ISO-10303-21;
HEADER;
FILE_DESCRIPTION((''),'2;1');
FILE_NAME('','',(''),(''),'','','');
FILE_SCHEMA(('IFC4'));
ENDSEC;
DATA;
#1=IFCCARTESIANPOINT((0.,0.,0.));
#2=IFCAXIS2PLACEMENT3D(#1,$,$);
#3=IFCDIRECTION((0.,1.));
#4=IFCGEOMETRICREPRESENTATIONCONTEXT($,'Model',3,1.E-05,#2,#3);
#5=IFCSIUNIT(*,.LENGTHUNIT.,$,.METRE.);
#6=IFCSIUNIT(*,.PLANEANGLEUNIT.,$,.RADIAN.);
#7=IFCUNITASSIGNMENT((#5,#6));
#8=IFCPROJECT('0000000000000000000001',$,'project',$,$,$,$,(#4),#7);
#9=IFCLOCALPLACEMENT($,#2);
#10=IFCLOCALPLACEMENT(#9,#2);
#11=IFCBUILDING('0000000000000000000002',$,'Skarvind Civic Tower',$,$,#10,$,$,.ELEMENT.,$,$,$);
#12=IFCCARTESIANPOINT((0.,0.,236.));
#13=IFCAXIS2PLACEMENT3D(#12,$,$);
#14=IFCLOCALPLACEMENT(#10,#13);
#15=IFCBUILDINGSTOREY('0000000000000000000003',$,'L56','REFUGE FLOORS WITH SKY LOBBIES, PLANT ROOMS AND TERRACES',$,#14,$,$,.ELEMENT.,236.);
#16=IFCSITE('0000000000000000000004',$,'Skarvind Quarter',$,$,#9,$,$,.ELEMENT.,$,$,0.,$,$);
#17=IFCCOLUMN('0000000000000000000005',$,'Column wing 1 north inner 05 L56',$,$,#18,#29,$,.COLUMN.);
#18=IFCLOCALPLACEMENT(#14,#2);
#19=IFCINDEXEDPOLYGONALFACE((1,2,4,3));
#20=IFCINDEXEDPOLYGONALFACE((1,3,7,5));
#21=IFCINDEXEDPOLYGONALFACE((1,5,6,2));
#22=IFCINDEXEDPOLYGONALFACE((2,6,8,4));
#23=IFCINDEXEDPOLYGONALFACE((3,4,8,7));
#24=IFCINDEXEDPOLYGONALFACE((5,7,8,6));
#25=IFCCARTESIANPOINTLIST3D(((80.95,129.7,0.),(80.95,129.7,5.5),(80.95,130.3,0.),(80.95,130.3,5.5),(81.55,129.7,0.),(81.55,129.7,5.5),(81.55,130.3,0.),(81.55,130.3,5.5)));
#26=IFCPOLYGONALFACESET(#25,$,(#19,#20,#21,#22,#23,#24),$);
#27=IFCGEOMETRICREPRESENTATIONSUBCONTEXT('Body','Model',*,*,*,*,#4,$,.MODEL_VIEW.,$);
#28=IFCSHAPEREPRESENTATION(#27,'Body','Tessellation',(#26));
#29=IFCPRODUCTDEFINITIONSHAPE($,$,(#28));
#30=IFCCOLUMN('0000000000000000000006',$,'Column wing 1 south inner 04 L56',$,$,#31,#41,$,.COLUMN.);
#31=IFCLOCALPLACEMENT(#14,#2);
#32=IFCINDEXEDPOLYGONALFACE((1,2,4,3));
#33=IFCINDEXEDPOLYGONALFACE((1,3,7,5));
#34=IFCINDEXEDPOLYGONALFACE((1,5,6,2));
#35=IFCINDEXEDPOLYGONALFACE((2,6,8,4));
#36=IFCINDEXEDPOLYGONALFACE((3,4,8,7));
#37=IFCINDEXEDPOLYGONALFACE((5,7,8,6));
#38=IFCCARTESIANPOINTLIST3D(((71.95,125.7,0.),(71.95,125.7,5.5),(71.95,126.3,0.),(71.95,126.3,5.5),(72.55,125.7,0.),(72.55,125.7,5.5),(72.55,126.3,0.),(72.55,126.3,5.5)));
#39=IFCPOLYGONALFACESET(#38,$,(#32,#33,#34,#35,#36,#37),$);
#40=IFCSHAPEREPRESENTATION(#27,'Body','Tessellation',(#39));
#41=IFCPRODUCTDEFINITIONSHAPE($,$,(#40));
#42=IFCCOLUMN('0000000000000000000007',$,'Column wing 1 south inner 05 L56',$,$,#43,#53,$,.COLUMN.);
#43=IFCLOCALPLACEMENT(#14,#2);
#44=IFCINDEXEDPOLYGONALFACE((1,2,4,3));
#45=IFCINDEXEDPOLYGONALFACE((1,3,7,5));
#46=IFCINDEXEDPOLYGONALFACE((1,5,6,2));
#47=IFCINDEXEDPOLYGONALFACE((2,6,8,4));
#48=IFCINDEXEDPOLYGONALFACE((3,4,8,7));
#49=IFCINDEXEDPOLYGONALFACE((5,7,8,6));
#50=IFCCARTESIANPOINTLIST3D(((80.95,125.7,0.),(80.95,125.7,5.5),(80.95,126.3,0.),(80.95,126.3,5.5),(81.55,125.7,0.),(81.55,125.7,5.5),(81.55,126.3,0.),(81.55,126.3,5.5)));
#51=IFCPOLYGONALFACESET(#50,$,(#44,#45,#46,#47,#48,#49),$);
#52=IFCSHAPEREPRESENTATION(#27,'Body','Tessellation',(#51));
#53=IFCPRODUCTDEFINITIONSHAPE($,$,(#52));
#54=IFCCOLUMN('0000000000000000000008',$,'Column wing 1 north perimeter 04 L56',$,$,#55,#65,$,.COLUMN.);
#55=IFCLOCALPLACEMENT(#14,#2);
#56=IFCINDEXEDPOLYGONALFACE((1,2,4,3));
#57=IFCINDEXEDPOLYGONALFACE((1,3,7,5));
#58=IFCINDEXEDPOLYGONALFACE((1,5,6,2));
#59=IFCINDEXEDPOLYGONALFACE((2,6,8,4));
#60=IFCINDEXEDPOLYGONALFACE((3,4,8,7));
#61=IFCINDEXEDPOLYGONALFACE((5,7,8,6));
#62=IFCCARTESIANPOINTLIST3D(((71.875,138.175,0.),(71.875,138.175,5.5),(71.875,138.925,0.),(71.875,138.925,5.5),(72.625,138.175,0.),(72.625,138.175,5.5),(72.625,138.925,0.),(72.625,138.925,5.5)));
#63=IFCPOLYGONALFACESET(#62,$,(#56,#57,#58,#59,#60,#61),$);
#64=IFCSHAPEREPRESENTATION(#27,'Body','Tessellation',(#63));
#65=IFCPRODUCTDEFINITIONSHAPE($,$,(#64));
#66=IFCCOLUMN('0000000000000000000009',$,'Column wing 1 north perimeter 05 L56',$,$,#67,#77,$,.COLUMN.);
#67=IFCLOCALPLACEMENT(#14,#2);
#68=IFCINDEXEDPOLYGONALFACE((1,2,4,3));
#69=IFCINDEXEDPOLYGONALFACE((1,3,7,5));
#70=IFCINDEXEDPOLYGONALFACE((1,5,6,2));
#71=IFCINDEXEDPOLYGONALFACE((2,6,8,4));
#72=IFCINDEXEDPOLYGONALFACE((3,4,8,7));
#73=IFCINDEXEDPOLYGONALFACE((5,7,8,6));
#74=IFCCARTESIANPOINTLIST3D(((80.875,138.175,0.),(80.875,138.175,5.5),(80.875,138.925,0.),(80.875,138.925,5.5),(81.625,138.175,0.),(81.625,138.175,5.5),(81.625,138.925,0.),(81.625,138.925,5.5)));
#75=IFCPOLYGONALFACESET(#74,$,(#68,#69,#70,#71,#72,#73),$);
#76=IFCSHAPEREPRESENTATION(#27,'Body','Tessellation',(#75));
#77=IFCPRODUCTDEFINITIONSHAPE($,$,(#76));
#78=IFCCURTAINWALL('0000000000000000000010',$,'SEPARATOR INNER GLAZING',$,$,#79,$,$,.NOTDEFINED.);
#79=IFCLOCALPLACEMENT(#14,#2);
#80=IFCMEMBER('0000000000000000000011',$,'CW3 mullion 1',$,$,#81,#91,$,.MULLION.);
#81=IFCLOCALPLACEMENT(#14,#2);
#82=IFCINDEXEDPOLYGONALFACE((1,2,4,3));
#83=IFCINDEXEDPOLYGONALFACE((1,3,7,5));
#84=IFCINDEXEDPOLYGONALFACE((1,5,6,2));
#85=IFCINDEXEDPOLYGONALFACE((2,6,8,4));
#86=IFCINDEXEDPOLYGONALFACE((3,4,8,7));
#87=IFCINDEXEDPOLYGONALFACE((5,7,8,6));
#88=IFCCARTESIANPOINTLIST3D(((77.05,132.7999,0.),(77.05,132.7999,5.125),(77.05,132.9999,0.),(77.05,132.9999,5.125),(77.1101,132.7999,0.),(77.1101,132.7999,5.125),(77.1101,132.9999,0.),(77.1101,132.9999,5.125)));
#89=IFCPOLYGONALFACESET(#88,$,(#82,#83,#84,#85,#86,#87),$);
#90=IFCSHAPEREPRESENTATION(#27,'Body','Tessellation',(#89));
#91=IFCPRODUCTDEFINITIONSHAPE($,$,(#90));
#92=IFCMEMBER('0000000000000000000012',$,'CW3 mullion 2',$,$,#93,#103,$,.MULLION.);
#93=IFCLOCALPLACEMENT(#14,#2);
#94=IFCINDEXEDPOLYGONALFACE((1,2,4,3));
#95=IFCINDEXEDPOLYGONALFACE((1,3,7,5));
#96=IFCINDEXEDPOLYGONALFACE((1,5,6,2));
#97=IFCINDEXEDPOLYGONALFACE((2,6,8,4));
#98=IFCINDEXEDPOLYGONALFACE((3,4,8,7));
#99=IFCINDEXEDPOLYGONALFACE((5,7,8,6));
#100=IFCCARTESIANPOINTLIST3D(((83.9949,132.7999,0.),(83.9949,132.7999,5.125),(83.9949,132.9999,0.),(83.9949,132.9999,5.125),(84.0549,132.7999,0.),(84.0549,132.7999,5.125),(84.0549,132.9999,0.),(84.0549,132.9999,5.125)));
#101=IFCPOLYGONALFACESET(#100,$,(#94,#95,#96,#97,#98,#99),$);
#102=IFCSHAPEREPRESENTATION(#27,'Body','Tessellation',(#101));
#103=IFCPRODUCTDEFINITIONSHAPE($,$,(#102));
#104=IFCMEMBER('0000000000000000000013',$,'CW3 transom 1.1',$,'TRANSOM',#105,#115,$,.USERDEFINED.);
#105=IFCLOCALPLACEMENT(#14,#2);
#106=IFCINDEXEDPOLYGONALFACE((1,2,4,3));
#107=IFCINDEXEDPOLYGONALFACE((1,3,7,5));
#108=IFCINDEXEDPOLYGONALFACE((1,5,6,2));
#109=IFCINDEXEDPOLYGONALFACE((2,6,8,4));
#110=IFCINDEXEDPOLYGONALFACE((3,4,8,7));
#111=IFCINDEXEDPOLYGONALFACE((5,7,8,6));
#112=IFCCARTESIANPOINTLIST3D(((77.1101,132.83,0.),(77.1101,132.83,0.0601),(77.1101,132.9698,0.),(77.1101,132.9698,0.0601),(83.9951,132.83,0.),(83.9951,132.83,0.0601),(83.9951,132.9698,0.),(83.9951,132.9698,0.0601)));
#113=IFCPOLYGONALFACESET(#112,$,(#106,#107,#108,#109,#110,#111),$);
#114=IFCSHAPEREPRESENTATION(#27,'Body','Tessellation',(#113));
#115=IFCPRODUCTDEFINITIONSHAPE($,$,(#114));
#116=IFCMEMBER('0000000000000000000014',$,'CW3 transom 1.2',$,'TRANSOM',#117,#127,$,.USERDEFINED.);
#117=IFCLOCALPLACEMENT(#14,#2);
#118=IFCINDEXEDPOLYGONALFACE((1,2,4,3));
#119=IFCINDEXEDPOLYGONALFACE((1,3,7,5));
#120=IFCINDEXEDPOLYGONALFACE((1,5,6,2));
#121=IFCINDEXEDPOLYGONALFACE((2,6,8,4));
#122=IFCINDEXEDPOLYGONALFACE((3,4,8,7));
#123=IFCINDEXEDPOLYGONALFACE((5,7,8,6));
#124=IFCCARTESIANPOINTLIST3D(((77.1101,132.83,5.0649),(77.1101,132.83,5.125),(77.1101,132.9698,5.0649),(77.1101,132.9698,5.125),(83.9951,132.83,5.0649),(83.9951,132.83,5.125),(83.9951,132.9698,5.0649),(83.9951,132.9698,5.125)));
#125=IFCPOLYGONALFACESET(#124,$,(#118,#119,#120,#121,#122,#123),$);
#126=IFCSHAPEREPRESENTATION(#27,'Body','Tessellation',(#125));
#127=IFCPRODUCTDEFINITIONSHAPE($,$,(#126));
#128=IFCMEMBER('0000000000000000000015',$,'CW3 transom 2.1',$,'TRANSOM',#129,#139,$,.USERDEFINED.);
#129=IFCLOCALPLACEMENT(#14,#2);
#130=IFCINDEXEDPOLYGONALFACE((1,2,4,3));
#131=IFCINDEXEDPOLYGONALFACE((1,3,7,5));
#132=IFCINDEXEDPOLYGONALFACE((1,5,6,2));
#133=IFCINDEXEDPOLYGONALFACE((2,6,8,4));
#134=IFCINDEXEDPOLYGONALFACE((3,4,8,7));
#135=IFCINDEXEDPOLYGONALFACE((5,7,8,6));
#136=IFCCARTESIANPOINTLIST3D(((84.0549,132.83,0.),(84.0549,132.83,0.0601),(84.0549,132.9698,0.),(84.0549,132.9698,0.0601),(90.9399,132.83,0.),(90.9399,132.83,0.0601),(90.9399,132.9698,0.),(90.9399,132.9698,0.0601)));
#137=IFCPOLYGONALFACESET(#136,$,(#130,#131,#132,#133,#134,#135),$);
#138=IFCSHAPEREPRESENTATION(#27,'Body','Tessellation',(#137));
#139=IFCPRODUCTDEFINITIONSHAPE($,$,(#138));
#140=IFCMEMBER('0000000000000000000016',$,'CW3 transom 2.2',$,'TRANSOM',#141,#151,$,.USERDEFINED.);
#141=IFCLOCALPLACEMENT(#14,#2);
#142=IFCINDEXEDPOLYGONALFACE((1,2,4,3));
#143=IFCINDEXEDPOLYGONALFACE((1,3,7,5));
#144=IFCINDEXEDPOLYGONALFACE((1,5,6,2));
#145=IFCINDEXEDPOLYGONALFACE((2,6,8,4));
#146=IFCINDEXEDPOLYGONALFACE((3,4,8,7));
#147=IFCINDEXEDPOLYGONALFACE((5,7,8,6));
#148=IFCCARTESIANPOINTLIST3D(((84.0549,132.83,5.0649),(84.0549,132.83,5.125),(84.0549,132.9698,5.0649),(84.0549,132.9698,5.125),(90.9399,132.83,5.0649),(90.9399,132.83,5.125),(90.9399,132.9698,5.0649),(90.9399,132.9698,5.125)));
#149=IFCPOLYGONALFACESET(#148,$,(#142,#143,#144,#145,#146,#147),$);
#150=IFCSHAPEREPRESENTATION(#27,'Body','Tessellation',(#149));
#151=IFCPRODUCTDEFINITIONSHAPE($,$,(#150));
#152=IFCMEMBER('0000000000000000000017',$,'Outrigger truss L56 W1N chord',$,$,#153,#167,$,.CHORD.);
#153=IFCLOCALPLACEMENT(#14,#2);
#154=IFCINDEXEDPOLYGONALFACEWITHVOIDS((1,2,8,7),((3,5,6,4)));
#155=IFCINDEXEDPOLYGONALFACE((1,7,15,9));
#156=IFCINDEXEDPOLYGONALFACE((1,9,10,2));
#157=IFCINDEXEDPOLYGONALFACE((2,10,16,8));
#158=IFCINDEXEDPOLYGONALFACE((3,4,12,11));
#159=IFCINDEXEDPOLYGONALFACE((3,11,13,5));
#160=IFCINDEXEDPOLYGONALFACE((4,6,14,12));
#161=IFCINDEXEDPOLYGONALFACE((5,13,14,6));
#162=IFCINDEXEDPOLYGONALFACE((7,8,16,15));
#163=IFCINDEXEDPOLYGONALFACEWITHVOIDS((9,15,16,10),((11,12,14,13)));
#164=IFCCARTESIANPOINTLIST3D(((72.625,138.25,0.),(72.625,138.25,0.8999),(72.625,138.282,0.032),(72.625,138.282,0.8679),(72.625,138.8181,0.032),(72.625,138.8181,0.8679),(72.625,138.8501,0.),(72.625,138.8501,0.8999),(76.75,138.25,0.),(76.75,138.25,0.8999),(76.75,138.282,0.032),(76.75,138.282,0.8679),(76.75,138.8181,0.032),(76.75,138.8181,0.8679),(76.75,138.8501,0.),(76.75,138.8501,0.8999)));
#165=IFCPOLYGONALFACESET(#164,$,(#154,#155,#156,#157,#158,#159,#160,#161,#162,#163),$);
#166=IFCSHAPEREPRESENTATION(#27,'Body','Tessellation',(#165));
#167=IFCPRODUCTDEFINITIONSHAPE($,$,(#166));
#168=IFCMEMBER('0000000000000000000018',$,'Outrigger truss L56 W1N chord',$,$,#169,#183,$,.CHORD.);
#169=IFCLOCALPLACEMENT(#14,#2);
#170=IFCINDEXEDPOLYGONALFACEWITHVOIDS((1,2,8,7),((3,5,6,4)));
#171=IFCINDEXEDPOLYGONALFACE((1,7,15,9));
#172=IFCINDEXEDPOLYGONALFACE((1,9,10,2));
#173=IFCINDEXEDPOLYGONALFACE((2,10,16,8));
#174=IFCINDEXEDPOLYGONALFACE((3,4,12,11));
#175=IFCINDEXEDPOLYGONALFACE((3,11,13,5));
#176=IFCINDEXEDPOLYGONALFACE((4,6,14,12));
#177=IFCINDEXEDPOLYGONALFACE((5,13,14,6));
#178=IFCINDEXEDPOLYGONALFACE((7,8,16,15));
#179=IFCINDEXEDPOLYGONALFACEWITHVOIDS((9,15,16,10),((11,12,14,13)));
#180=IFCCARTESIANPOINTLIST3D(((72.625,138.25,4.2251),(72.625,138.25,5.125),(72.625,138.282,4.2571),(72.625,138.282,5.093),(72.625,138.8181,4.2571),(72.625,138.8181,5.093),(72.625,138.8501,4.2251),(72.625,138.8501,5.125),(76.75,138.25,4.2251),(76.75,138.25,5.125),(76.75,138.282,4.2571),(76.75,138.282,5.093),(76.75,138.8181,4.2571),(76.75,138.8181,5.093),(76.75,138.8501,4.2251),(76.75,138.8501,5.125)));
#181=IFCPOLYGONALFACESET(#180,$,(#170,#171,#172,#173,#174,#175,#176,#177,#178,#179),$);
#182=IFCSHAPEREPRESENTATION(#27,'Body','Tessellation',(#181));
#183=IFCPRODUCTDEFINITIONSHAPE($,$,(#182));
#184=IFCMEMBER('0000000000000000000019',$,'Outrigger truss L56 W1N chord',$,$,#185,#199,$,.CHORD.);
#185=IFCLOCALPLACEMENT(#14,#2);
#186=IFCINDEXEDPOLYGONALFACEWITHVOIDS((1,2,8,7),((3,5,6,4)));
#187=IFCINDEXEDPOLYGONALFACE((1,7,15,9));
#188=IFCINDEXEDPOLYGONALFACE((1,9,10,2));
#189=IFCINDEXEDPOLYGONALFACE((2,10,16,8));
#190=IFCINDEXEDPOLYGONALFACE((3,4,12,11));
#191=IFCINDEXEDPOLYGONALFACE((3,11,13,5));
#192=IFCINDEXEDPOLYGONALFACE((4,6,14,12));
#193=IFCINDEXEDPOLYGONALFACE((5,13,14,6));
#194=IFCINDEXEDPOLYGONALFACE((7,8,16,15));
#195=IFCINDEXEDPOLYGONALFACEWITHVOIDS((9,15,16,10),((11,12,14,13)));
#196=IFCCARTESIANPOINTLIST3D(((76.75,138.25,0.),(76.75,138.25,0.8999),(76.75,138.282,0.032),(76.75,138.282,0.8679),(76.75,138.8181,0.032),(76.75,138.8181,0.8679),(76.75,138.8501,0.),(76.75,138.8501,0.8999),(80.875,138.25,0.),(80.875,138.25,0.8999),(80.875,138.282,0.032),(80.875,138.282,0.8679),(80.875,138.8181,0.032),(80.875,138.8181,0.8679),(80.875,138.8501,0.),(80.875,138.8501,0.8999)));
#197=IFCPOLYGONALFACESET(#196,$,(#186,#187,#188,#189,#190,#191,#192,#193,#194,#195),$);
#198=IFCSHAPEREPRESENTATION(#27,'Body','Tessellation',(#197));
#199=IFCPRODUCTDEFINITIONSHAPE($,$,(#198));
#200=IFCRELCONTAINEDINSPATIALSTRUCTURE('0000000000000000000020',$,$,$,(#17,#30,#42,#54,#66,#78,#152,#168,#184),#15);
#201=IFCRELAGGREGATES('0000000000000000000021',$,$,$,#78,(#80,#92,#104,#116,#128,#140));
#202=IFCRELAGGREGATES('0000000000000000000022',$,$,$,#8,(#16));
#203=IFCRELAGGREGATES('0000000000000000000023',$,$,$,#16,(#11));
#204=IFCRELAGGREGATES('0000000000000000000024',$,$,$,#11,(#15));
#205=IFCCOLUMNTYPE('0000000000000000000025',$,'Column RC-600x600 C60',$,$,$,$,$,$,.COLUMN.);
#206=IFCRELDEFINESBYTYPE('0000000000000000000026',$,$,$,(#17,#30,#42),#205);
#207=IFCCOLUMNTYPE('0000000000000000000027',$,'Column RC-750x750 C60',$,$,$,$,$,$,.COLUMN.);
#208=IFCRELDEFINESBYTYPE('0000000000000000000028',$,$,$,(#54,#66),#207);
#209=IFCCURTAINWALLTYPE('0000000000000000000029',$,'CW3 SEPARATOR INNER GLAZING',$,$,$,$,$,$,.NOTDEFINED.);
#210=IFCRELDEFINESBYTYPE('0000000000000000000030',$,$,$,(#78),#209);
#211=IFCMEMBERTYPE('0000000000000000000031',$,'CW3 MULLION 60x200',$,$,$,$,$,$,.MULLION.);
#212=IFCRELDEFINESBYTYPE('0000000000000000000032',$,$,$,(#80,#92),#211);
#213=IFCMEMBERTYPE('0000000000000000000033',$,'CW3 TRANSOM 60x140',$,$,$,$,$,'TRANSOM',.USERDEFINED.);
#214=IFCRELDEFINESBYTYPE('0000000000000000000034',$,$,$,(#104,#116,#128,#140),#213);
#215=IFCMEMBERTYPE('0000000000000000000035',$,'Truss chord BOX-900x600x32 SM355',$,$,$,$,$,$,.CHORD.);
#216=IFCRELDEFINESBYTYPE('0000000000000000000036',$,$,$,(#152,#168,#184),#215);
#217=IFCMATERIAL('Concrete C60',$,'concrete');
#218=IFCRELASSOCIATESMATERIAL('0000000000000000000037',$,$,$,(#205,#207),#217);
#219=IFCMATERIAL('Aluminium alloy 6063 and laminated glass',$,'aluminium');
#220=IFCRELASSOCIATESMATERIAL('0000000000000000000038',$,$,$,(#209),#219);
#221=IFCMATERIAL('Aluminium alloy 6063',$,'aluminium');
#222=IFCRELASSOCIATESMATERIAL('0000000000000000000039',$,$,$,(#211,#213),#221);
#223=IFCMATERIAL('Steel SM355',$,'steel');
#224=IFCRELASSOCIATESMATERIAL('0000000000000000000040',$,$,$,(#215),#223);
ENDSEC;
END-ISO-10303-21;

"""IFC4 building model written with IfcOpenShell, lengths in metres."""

from ifc_helpers import new_model, si_unit, direction, frame, origin, origin_2d, place, context, subcontext, project, spatial, rectangle, hollow_rectangle, extrude, material, material_profile, profile_set, type_object, element, aggregate, save


model = new_model("IFC4")

# Units and contexts
model_context = context("Model", 3, precision=1e-05, world=origin(), true_north=direction((0.0, 1.0)))
body_context = subcontext(model_context, "Body", "Model", "MODEL_VIEW")
ifc_project = project(units=[si_unit("LENGTHUNIT", "METRE"), si_unit("PLANEANGLEUNIT", "RADIAN")], contexts=[model_context])

# Site, building, storey
site_placement = place(None, origin())
site = spatial("IfcSite", under=ifc_project, at=site_placement, Name="Skarvind Quarter", CompositionType="ELEMENT", RefElevation=0.0)
building_placement = place(site_placement, origin())
building = spatial("IfcBuilding", under=site, at=building_placement, Name="Skarvind Civic Tower", CompositionType="ELEMENT")
storey_placement = place(building_placement, frame((0.0, 0.0, 236.0)))
storey = spatial("IfcBuildingStorey", under=building, at=storey_placement, Name="L56", Description="REFUGE FLOORS WITH SKY LOBBIES, PLANT ROOMS AND TERRACES", CompositionType="ELEMENT", Elevation=236.0)

# Columns
ifc_material_1 = material(Name="Concrete C60", Category="concrete")
ifc_material_profile_1 = material_profile(ifc_material_1, rectangle(XDim=0.6001, YDim=0.6001, at=origin_2d()), Name="RC-600x600")
ifc_profile_set_1 = profile_set([ifc_material_profile_1], Name="Concrete C60")
column_type_1 = type_object("IfcColumnType", Name="Column RC-600x600 C60", PredefinedType="COLUMN", material=ifc_profile_set_1)
for number, where, z_axis, x_axis, name in (
    (1, (81.25, 130.0, 0.0), (0.0, 0.0, 1.0), (1.0, 0.0, 0.0), "Column wing 1 north inner 05 L56"),
    (2, (72.25, 126.0, 0.0), (0.0, 0.0, 1.0), (1.0, 0.0, 0.0), "Column wing 1 south inner 04 L56"),
    (3, (81.25, 126.0, 0.0), (0.0, 0.0, 1.0), (1.0, 0.0, 0.0), "Column wing 1 south inner 05 L56"),
):
    element("IfcColumn", number, at=place(storey_placement, frame(where, z_axis=z_axis, x_axis=x_axis)), inside=storey, type_object=column_type_1, Name=name, PredefinedType="COLUMN", context=body_context, shape_type="SweptSolid", body=[
        extrude(rectangle(XDim=0.6001, YDim=0.6001, at=origin_2d()), origin(), (0.0, 0.0, 1.0), 5.5),
    ])
ifc_material_profile_2 = material_profile(ifc_material_1, rectangle(XDim=0.75, YDim=0.75, at=origin_2d()), Name="RC-750x750")
ifc_profile_set_2 = profile_set([ifc_material_profile_2], Name="Concrete C60")
column_type_2 = type_object("IfcColumnType", Name="Column RC-750x750 C60", PredefinedType="COLUMN", material=ifc_profile_set_2)
for number, where, z_axis, x_axis, name in (
    (4, (72.25, 138.55, 0.0), (0.0, 0.0, 1.0), (1.0, 0.0, 0.0), "Column wing 1 north perimeter 04 L56"),
    (5, (81.25, 138.55, 0.0), (0.0, 0.0, 1.0), (1.0, 0.0, 0.0), "Column wing 1 north perimeter 05 L56"),
):
    element("IfcColumn", number, at=place(storey_placement, frame(where, z_axis=z_axis, x_axis=x_axis)), inside=storey, type_object=column_type_2, Name=name, PredefinedType="COLUMN", context=body_context, shape_type="SweptSolid", body=[
        extrude(rectangle(XDim=0.75, YDim=0.75, at=origin_2d()), origin(), (0.0, 0.0, 1.0), 5.5),
    ])

# Curtain wall, members
ifc_material_2 = material(Name="Aluminium alloy 6063 and laminated glass", Category="aluminium")
curtain_wall_type = type_object("IfcCurtainWallType", Name="CW3 SEPARATOR INNER GLAZING", PredefinedType="NOTDEFINED", material=ifc_material_2)
curtain_wall_placement = place(storey_placement, origin())
curtain_wall = element("IfcCurtainWall", 6, at=curtain_wall_placement, inside=storey, type_object=curtain_wall_type, Name="SEPARATOR INNER GLAZING", PredefinedType="NOTDEFINED")
ifc_material_3 = material(Name="Aluminium alloy 6063", Category="aluminium")
ifc_material_profile_3 = material_profile(ifc_material_3, rectangle(XDim=0.2, YDim=0.0601, at=origin_2d()), Name="AL 60x200")
ifc_profile_set_3 = profile_set([ifc_material_profile_3], Name="Aluminium alloy 6063")
member_type_1 = type_object("IfcMemberType", Name="CW3 MULLION 60x200", PredefinedType="MULLION", material=ifc_profile_set_3)
member_1_placement = place(storey_placement, frame((77.0801, 132.8999, 0.0), z_axis=(0.0, 0.0, 1.0), x_axis=(0.0, 1.0, 0.0)))
member_1 = element("IfcMember", 7, at=member_1_placement, type_object=member_type_1, Name="CW3 mullion 1", PredefinedType="MULLION", context=body_context, shape_type="SweptSolid", body=[
    extrude(rectangle(XDim=0.2, YDim=0.0601, at=origin_2d()), origin(), (0.0, 0.0, 1.0), 5.125),
])
member_2_placement = place(storey_placement, frame((84.0249, 132.8999, 0.0), z_axis=(0.0, 0.0, 1.0), x_axis=(0.0, 1.0, 0.0)))
member_2 = element("IfcMember", 8, at=member_2_placement, type_object=member_type_1, Name="CW3 mullion 2", PredefinedType="MULLION", context=body_context, shape_type="SweptSolid", body=[
    extrude(rectangle(XDim=0.2, YDim=0.0601, at=origin_2d()), origin(), (0.0, 0.0, 1.0), 5.125),
])
ifc_material_profile_4 = material_profile(ifc_material_3, rectangle(XDim=0.1399, YDim=0.0601, at=origin_2d()), Name="AL 60x140")
ifc_profile_set_4 = profile_set([ifc_material_profile_4], Name="Aluminium alloy 6063")
member_type_2 = type_object("IfcMemberType", Name="CW3 TRANSOM 60x140", ElementType="TRANSOM", PredefinedType="USERDEFINED", material=ifc_profile_set_4)
member_3_placement = place(storey_placement, frame((77.1101, 132.8999, 0.03), z_axis=(1.0, 0.0, 0.0), x_axis=(0.0, 1.0, 0.0)))
member_3 = element("IfcMember", 9, at=member_3_placement, type_object=member_type_2, Name="CW3 transom 1.1", ObjectType="TRANSOM", PredefinedType="USERDEFINED", context=body_context, shape_type="SweptSolid", body=[
    extrude(rectangle(XDim=0.1399, YDim=0.0601, at=origin_2d()), origin(), (0.0, 0.0, 1.0), 6.885),
])
member_4_placement = place(storey_placement, frame((77.1101, 132.8999, 5.095), z_axis=(1.0, 0.0, 0.0), x_axis=(0.0, 1.0, 0.0)))
member_4 = element("IfcMember", 10, at=member_4_placement, type_object=member_type_2, Name="CW3 transom 1.2", ObjectType="TRANSOM", PredefinedType="USERDEFINED", context=body_context, shape_type="SweptSolid", body=[
    extrude(rectangle(XDim=0.1399, YDim=0.0601, at=origin_2d()), origin(), (0.0, 0.0, 1.0), 6.885),
])
member_5_placement = place(storey_placement, frame((84.0549, 132.8999, 0.03), z_axis=(1.0, 0.0, 0.0), x_axis=(0.0, 1.0, 0.0)))
member_5 = element("IfcMember", 11, at=member_5_placement, type_object=member_type_2, Name="CW3 transom 2.1", ObjectType="TRANSOM", PredefinedType="USERDEFINED", context=body_context, shape_type="SweptSolid", body=[
    extrude(rectangle(XDim=0.1399, YDim=0.0601, at=origin_2d()), origin(), (0.0, 0.0, 1.0), 6.885),
])
member_6_placement = place(storey_placement, frame((84.0549, 132.8999, 5.095), z_axis=(1.0, 0.0, 0.0), x_axis=(0.0, 1.0, 0.0)))
member_6 = element("IfcMember", 12, at=member_6_placement, type_object=member_type_2, Name="CW3 transom 2.2", ObjectType="TRANSOM", PredefinedType="USERDEFINED", context=body_context, shape_type="SweptSolid", body=[
    extrude(rectangle(XDim=0.1399, YDim=0.0601, at=origin_2d()), origin(), (0.0, 0.0, 1.0), 6.885),
])

# Members
ifc_material_4 = material(Name="Steel SM355", Category="steel")
ifc_material_profile_5 = material_profile(ifc_material_4, hollow_rectangle(XDim=0.6001, YDim=0.8999, WallThickness=0.032, at=origin_2d()), Name="BOX-900x600x32")
ifc_profile_set_5 = profile_set([ifc_material_profile_5], Name="Steel SM355")
member_type_3 = type_object("IfcMemberType", Name="Truss chord BOX-900x600x32 SM355", PredefinedType="CHORD", material=ifc_profile_set_5)
for number, where, z_axis, x_axis, name in (
    (13, (72.625, 138.55, 0.45), (1.0, 0.0, 0.0), (0.0, 1.0, 0.0), "Outrigger truss L56 W1N chord"),
    (14, (72.625, 138.55, 4.675), (1.0, 0.0, 0.0), (0.0, 1.0, 0.0), "Outrigger truss L56 W1N chord"),
    (15, (76.75, 138.55, 0.45), (1.0, 0.0, 0.0), (0.0, 1.0, 0.0), "Outrigger truss L56 W1N chord"),
):
    element("IfcMember", number, at=place(storey_placement, frame(where, z_axis=z_axis, x_axis=x_axis)), inside=storey, type_object=member_type_3, Name=name, PredefinedType="CHORD", context=body_context, shape_type="SweptSolid", body=[
        extrude(hollow_rectangle(XDim=0.6001, YDim=0.8999, WallThickness=0.032, at=origin_2d()), origin(), (0.0, 0.0, 1.0), 4.125),
    ])

aggregate(curtain_wall, [member_1, member_2, member_3, member_4, member_5, member_6])

save(model, "model.ifc")
